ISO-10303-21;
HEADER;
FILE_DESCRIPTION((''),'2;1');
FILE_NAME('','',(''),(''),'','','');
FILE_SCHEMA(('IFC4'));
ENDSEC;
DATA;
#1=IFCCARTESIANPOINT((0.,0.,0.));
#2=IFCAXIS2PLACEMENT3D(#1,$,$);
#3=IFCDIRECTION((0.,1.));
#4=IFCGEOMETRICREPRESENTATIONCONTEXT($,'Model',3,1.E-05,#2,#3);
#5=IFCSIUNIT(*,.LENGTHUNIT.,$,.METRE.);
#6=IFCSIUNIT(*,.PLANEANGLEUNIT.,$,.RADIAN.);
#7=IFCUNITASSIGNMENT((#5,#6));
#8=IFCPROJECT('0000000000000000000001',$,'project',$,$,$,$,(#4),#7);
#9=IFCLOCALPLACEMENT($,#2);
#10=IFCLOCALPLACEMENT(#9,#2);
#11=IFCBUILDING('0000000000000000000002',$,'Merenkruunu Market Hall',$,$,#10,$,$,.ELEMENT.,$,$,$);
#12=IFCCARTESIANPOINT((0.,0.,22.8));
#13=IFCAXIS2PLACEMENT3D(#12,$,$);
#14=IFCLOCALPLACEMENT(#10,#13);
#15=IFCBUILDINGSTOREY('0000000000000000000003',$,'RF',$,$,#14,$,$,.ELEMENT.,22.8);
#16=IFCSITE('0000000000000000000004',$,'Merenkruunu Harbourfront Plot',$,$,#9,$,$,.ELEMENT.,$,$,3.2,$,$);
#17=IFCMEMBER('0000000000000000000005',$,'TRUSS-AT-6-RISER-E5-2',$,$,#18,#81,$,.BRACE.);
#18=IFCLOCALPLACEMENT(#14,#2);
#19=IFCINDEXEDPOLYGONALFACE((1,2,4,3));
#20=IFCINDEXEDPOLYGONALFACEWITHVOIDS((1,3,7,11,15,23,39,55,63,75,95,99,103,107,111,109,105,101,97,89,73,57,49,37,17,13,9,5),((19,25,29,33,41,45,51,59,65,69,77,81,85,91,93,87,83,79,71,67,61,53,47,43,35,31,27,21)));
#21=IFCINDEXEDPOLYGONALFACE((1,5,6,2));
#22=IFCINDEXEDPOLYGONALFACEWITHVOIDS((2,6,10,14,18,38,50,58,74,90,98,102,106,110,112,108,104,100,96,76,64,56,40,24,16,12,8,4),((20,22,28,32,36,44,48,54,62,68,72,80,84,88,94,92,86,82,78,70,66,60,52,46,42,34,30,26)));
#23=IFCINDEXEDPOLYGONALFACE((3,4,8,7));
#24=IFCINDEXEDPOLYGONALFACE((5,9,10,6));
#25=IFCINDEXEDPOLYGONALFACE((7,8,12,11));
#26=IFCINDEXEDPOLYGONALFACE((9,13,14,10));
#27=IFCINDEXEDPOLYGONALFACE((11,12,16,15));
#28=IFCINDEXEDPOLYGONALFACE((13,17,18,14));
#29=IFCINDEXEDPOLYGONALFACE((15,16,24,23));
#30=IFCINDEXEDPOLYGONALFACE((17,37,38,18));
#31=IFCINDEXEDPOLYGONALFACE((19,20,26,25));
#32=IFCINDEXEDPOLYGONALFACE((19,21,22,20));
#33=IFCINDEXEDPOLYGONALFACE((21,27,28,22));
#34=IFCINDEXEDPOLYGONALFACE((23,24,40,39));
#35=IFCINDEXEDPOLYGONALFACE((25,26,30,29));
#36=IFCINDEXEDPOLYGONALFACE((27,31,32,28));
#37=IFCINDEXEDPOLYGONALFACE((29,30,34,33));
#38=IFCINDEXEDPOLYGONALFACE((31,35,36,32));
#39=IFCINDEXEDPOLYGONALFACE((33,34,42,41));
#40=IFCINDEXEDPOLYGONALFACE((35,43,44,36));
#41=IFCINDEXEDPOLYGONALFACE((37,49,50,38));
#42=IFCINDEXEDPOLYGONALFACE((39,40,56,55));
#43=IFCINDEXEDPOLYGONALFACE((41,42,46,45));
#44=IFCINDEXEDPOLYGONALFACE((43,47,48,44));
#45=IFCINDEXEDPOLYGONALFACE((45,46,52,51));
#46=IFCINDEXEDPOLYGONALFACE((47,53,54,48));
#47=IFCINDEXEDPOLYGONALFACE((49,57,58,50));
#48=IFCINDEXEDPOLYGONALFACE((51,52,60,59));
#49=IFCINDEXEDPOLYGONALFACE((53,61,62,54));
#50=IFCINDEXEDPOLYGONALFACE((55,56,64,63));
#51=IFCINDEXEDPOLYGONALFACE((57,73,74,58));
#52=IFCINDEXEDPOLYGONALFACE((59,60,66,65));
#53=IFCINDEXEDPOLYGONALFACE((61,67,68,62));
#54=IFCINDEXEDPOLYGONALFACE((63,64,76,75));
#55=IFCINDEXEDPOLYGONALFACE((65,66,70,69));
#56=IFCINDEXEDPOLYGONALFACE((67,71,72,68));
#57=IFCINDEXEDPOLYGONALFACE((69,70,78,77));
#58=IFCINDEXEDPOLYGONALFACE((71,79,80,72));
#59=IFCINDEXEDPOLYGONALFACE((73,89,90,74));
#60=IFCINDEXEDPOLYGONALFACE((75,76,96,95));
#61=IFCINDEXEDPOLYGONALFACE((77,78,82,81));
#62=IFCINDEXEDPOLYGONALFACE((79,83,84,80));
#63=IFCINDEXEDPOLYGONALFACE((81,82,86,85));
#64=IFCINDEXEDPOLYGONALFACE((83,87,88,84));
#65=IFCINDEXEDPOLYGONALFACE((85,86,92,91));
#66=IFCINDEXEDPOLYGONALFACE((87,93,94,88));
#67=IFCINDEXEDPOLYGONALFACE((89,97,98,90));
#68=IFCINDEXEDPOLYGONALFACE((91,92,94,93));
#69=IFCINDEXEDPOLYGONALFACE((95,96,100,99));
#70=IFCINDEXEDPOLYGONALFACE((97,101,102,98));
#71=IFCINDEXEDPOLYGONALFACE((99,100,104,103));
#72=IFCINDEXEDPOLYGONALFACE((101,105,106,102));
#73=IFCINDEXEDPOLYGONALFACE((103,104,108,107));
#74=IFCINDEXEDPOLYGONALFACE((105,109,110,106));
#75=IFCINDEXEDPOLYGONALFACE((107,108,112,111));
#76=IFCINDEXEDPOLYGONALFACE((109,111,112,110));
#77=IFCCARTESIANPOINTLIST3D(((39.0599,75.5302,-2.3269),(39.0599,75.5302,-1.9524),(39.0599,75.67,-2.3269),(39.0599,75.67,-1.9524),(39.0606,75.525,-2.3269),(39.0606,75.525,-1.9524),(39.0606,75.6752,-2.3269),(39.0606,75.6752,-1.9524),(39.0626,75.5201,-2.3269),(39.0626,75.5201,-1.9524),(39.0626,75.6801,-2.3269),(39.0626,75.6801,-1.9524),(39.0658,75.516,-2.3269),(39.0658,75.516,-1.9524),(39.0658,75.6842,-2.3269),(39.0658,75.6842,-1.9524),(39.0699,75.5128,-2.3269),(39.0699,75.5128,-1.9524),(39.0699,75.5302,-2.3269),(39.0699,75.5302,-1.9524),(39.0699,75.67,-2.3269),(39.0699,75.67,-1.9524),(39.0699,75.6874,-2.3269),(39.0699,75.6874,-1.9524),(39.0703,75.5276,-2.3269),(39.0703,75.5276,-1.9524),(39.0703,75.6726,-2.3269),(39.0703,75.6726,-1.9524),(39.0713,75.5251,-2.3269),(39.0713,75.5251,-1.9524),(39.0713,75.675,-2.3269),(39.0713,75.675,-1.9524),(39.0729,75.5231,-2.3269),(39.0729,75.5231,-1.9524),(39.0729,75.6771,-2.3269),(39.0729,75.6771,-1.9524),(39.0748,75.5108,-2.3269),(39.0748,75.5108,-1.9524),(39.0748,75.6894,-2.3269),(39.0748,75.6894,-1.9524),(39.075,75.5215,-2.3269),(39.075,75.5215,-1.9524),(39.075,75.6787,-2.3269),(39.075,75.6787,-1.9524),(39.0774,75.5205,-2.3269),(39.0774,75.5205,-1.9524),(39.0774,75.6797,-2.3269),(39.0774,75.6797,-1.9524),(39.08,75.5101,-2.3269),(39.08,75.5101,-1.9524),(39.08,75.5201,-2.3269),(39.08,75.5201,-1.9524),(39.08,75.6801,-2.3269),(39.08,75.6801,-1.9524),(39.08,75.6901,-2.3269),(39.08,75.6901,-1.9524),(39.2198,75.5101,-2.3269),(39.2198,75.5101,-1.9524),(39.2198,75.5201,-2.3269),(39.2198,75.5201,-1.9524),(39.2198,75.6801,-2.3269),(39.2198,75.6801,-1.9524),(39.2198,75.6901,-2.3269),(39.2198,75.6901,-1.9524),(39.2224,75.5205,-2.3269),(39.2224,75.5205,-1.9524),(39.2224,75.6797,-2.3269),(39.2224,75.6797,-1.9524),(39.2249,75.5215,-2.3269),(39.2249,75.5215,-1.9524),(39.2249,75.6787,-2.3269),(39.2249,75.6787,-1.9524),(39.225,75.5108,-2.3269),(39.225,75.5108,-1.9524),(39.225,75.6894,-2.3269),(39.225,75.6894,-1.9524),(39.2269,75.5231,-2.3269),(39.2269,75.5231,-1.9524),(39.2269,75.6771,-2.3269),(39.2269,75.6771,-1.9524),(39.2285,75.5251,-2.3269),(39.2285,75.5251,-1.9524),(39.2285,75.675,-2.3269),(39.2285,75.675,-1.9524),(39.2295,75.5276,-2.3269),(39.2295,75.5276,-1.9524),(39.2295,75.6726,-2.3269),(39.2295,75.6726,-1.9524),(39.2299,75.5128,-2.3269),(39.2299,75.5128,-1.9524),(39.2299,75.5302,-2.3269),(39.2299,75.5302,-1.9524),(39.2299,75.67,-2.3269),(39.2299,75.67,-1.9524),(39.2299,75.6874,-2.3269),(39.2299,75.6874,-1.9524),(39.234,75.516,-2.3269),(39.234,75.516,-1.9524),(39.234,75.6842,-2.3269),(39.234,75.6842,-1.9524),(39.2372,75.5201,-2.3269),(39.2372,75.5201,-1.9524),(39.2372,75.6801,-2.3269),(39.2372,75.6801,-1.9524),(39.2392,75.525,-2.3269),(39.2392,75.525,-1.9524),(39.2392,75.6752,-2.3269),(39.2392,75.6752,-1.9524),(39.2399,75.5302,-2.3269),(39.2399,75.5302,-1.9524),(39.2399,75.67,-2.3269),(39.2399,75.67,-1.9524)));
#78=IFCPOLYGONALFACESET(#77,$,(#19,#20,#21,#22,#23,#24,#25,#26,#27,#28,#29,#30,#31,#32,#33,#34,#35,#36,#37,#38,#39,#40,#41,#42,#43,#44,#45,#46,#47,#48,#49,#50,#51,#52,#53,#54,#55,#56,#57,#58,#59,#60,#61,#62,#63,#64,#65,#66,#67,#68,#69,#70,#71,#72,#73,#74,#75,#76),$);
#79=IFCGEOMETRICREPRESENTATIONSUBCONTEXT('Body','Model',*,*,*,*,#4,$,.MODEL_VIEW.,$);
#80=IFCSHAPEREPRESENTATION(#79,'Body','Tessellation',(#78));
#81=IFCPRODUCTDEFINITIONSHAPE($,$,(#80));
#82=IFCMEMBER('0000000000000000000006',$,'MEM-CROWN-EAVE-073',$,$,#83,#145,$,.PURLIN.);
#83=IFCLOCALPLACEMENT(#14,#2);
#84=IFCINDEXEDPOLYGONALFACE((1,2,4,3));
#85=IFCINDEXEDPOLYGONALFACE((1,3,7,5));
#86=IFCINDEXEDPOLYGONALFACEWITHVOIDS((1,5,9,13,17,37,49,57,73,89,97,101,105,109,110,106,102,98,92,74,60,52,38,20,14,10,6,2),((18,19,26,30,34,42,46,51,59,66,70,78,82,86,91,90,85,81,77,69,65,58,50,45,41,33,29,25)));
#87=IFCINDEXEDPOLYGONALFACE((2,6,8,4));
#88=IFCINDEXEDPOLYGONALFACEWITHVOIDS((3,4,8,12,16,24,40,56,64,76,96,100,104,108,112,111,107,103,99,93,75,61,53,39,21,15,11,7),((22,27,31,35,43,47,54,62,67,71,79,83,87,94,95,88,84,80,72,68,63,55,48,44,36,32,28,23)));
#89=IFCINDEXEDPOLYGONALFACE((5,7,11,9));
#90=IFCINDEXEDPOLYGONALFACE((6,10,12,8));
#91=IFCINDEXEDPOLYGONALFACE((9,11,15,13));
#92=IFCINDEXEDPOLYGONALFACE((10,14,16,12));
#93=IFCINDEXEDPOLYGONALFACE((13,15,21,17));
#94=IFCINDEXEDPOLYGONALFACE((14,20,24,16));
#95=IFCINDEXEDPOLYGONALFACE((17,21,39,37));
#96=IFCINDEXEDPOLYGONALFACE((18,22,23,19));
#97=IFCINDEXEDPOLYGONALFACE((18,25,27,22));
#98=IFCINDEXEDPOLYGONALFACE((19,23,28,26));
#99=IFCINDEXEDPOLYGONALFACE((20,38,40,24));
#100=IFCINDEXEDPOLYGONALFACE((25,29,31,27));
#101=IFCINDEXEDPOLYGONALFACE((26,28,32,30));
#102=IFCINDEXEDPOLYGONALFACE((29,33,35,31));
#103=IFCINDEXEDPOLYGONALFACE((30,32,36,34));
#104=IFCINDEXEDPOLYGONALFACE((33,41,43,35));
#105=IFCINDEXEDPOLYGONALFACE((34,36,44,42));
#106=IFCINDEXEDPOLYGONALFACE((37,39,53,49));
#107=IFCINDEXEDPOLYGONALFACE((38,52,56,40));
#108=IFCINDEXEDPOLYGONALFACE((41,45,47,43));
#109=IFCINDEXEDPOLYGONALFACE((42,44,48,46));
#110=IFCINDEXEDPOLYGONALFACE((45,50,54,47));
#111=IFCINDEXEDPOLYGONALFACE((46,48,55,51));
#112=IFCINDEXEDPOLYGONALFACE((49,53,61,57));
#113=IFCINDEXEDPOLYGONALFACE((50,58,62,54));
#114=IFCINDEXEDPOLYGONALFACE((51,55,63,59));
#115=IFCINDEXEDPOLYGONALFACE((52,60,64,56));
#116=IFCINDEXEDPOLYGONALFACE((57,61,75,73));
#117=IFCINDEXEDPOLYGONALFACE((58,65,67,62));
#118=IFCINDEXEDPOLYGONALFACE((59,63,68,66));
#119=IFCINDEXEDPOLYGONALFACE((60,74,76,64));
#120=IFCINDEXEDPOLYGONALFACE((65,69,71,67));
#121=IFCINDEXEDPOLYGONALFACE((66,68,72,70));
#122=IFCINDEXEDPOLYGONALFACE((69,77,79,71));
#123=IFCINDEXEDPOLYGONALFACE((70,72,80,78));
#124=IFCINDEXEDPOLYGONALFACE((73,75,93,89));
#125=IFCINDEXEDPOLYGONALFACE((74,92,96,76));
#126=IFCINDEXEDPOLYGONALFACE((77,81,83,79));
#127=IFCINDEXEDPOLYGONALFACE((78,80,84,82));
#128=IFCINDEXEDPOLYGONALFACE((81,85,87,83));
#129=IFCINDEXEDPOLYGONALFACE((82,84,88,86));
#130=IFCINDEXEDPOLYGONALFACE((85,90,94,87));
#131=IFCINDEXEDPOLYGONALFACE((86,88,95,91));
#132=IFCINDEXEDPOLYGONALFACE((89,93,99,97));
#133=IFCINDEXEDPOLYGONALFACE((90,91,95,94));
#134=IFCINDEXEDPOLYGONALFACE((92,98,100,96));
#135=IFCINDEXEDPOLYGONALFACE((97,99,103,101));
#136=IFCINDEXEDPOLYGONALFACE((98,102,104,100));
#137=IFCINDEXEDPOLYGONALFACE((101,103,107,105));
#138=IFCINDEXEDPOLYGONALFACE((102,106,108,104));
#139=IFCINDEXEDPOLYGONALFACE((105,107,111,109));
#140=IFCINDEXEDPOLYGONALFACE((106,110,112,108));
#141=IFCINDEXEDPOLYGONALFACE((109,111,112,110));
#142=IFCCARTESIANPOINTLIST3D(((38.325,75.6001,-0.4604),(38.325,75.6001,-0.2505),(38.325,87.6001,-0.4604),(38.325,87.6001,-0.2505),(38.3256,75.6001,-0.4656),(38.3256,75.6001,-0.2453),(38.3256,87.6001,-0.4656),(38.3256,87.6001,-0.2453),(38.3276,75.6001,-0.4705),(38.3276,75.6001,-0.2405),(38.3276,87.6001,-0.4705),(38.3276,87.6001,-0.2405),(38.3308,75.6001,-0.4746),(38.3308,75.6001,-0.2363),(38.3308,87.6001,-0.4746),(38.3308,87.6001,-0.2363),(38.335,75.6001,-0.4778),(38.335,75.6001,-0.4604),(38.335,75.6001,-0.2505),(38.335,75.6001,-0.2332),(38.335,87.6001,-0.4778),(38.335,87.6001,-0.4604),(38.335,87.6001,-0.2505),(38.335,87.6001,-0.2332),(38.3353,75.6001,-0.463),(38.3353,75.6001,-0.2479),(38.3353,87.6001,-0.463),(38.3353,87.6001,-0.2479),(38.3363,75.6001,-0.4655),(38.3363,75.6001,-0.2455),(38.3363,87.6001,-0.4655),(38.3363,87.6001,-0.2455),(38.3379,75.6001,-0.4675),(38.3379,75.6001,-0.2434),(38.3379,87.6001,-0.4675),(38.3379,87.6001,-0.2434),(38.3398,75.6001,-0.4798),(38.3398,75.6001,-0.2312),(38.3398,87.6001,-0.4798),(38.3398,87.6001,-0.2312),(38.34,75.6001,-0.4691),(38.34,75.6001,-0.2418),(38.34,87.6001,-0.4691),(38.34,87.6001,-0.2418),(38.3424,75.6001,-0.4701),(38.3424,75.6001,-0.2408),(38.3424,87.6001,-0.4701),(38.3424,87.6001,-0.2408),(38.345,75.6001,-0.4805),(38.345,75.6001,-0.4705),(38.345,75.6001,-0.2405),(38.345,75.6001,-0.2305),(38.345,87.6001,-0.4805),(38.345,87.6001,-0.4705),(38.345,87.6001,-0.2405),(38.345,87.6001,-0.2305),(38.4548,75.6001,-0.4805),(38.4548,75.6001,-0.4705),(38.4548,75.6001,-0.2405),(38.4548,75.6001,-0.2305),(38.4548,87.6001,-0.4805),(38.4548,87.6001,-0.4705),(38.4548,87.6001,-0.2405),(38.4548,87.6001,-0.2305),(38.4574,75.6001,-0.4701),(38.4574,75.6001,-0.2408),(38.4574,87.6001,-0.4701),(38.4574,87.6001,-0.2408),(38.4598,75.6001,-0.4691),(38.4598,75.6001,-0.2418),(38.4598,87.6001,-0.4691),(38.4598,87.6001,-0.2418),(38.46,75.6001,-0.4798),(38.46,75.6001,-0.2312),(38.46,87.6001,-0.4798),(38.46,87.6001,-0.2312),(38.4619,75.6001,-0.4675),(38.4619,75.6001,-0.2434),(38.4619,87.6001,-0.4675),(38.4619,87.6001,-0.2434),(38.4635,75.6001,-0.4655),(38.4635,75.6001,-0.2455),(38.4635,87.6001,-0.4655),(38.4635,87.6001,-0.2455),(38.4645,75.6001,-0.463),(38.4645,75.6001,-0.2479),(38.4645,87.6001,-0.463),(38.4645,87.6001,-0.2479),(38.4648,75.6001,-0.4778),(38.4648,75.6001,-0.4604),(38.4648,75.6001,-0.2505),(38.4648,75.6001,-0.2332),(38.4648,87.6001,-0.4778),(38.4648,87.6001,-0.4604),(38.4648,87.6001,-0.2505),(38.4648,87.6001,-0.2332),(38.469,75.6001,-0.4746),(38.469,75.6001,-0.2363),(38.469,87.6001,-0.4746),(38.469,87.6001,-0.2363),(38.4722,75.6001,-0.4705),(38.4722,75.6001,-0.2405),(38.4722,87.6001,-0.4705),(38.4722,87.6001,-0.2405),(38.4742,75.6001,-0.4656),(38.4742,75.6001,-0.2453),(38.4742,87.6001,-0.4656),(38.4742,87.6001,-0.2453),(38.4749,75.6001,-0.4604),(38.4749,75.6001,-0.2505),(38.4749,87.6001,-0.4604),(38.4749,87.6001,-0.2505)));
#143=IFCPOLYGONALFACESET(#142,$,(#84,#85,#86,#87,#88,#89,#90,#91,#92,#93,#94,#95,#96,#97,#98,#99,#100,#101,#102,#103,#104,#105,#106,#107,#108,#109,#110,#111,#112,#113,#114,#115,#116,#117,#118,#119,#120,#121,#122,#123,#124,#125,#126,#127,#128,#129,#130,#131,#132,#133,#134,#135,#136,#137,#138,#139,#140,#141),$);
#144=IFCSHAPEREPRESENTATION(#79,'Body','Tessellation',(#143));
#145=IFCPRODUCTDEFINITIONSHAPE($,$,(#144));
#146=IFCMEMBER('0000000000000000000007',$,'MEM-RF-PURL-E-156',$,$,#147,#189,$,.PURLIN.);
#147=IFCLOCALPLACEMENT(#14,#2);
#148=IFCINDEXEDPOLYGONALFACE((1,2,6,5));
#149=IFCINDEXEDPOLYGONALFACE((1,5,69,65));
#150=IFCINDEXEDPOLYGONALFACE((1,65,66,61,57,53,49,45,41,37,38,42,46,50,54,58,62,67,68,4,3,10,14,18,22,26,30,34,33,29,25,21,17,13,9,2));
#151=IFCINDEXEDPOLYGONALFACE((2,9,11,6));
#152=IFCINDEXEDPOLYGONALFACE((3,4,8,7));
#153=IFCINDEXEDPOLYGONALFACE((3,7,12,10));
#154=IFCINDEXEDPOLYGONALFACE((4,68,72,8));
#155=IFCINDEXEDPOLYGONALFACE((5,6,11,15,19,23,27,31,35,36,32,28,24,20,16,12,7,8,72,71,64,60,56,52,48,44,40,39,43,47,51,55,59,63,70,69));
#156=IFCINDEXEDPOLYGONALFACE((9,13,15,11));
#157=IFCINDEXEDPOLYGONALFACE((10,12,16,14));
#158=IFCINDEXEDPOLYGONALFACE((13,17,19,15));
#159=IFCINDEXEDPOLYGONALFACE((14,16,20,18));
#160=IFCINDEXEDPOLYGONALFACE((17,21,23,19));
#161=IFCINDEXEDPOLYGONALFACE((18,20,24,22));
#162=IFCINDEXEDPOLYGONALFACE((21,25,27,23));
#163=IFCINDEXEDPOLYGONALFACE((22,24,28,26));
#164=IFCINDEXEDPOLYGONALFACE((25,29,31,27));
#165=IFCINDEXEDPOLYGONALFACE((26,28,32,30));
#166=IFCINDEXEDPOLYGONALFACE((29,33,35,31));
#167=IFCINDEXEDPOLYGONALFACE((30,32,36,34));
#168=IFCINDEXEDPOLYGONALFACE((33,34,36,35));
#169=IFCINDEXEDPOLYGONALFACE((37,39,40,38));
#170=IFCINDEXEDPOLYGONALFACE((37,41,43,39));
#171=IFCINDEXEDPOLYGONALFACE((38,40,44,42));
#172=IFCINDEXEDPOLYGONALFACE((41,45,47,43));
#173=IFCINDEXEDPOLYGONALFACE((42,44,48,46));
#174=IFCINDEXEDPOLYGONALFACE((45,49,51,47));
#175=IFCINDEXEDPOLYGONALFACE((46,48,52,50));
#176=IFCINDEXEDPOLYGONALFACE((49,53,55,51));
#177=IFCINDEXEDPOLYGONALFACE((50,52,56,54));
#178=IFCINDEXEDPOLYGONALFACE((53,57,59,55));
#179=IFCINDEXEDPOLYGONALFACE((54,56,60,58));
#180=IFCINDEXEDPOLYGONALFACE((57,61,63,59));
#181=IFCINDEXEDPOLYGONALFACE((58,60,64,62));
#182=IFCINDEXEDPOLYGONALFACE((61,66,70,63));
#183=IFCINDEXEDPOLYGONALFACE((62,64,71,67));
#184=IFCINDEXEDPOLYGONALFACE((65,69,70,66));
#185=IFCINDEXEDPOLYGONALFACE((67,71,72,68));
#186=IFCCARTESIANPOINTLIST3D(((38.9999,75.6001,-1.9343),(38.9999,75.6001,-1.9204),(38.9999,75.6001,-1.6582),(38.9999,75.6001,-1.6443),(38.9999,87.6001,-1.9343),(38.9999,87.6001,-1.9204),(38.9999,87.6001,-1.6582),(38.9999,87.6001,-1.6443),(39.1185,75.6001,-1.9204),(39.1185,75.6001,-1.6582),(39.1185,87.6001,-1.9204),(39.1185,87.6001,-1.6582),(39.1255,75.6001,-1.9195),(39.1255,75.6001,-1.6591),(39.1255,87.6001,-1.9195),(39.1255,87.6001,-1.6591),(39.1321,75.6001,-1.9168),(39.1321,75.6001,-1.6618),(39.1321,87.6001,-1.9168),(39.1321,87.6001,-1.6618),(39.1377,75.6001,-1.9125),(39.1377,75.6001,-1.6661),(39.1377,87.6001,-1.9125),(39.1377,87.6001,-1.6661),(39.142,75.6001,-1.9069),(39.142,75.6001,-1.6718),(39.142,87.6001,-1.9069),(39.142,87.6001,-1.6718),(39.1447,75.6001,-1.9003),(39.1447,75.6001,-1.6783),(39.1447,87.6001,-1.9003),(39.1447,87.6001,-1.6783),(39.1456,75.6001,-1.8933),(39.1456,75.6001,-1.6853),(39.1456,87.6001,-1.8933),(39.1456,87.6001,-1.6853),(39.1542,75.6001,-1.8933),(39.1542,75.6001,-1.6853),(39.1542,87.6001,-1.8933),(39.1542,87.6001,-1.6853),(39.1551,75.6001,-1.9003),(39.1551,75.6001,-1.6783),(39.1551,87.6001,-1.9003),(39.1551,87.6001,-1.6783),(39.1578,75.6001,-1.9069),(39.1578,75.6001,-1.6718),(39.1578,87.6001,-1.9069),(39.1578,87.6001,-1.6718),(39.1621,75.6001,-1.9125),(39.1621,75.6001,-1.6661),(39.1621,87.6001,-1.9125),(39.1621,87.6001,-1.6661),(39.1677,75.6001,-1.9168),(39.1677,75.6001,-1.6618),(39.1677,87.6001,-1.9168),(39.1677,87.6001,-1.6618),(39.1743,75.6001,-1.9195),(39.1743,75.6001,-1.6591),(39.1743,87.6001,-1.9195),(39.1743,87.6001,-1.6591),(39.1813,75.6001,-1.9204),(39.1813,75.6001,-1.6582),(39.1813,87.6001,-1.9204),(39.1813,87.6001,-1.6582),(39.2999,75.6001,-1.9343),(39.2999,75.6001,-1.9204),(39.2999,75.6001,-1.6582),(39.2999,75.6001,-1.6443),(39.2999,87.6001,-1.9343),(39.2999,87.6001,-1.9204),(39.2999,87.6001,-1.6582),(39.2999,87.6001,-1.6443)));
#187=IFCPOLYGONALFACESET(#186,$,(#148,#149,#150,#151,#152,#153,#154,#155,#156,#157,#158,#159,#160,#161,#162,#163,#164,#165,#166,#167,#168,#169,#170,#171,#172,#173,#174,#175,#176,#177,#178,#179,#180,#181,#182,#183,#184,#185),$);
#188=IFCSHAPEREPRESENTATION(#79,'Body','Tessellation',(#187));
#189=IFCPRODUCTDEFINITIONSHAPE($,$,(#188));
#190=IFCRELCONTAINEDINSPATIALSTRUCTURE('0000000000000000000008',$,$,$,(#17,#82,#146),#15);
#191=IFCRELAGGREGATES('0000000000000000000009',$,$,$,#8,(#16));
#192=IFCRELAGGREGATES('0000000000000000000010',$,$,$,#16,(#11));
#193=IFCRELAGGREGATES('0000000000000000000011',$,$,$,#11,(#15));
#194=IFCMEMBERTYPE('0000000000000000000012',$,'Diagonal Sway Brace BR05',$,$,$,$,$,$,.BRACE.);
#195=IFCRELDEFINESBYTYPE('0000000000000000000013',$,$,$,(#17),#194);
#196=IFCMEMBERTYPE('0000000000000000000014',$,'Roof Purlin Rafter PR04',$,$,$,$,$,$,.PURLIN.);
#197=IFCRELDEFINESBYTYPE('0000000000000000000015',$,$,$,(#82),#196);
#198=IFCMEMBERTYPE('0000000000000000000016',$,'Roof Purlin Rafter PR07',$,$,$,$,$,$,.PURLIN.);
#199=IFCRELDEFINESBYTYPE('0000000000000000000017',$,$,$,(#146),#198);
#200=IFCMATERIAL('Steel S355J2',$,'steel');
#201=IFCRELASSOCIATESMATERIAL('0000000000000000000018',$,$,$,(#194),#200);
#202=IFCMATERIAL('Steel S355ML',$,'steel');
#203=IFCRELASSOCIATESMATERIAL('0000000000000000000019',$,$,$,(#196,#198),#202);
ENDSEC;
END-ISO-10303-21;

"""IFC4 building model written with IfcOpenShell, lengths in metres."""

from ifc_helpers import new_model, si_unit, direction, frame, origin, origin_2d, place, context, subcontext, project, spatial, hollow_rectangle, i_section, extrude, material, material_profile, profile_set, type_object, element, save


model = new_model("IFC4")

# Units and contexts
model_context = context("Model", 3, precision=1e-05, world=origin(), true_north=direction((0.0, 1.0)))
body_context = subcontext(model_context, "Body", "Model", "MODEL_VIEW")
ifc_project = project(units=[si_unit("LENGTHUNIT", "METRE"), si_unit("PLANEANGLEUNIT", "RADIAN")], contexts=[model_context])

# Site, building, storey
site_placement = place(None, origin())
site = spatial("IfcSite", under=ifc_project, at=site_placement, Name="Merenkruunu Harbourfront Plot", CompositionType="ELEMENT", RefElevation=3.2)
building_placement = place(site_placement, origin())
building = spatial("IfcBuilding", under=site, at=building_placement, Name="Merenkruunu Market Hall", CompositionType="ELEMENT")
storey_placement = place(building_placement, frame((0.0, 0.0, 22.8)))
storey = spatial("IfcBuildingStorey", under=building, at=storey_placement, Name="RF", CompositionType="ELEMENT", Elevation=22.8)

# Shared definitions
ifc_material_1 = material(Name="Steel S355ML", Category="steel")

# Members
ifc_material_2 = material(Name="Steel S355J2", Category="steel")
ifc_material_profile_1 = material_profile(ifc_material_2, hollow_rectangle(XDim=0.1799, YDim=0.1799, WallThickness=0.01, InnerFilletRadius=0.01, OuterFilletRadius=0.02, at=origin_2d()), Name="SHS 180x180x10")
ifc_profile_set_1 = profile_set([ifc_material_profile_1], Name="Steel S355J2")
member_type_1 = type_object("IfcMemberType", Name="Diagonal Sway Brace BR05", PredefinedType="BRACE", material=ifc_profile_set_1)
member_1_placement = place(storey_placement, frame((39.1499, 75.6001, -2.3269), z_axis=(0.0, 0.0, 1.0), x_axis=(1.0, 0.0, 0.0)))
element("IfcMember", 1, at=member_1_placement, inside=storey, type_object=member_type_1, Name="TRUSS-AT-6-RISER-E5-2", PredefinedType="BRACE", context=body_context, shape_type="SweptSolid", body=[
    extrude(hollow_rectangle(XDim=0.1799, YDim=0.1799, WallThickness=0.01, InnerFilletRadius=0.01, OuterFilletRadius=0.02, at=origin_2d()), origin(), (0.0, 0.0, 1.0), 0.3745),
])
ifc_material_profile_2 = material_profile(ifc_material_1, hollow_rectangle(XDim=0.1499, YDim=0.25, WallThickness=0.01, InnerFilletRadius=0.01, OuterFilletRadius=0.02, at=origin_2d()), Name="RHS 250x150x10")
ifc_profile_set_2 = profile_set([ifc_material_profile_2], Name="Steel S355ML")
member_type_2 = type_object("IfcMemberType", Name="Roof Purlin Rafter PR04", PredefinedType="PURLIN", material=ifc_profile_set_2)
member_2_placement = place(storey_placement, frame((38.3999, 75.6001, -0.3555), z_axis=(0.0, 1.0, 0.0), x_axis=(-1.0, 0.0, 0.0)))
element("IfcMember", 2, at=member_2_placement, inside=storey, type_object=member_type_2, Name="MEM-CROWN-EAVE-073", PredefinedType="PURLIN", context=body_context, shape_type="SweptSolid", body=[
    extrude(hollow_rectangle(XDim=0.1499, YDim=0.25, WallThickness=0.01, InnerFilletRadius=0.01, OuterFilletRadius=0.02, at=origin_2d()), origin(), (0.0, 0.0, 1.0), 12.0),
])
ifc_material_profile_3 = material_profile(ifc_material_1, i_section(OverallWidth=0.3, OverallDepth=0.29, WebThickness=0.0085, FlangeThickness=0.0139, FilletRadius=0.0271, at=origin_2d()), Name="HEA 300")
ifc_profile_set_3 = profile_set([ifc_material_profile_3], Name="Steel S355ML")
member_type_3 = type_object("IfcMemberType", Name="Roof Purlin Rafter PR07", PredefinedType="PURLIN", material=ifc_profile_set_3)
member_3_placement = place(storey_placement, frame((39.1499, 75.6001, -1.7893), z_axis=(0.0, 1.0, 0.0), x_axis=(-1.0, 0.0, 0.0)))
element("IfcMember", 3, at=member_3_placement, inside=storey, type_object=member_type_3, Name="MEM-RF-PURL-E-156", PredefinedType="PURLIN", context=body_context, shape_type="SweptSolid", body=[
    extrude(i_section(OverallWidth=0.3, OverallDepth=0.29, WebThickness=0.0085, FlangeThickness=0.0139, FilletRadius=0.0271, at=origin_2d()), origin(), (0.0, 0.0, 1.0), 12.0),
])

save(model, "model.ifc")
